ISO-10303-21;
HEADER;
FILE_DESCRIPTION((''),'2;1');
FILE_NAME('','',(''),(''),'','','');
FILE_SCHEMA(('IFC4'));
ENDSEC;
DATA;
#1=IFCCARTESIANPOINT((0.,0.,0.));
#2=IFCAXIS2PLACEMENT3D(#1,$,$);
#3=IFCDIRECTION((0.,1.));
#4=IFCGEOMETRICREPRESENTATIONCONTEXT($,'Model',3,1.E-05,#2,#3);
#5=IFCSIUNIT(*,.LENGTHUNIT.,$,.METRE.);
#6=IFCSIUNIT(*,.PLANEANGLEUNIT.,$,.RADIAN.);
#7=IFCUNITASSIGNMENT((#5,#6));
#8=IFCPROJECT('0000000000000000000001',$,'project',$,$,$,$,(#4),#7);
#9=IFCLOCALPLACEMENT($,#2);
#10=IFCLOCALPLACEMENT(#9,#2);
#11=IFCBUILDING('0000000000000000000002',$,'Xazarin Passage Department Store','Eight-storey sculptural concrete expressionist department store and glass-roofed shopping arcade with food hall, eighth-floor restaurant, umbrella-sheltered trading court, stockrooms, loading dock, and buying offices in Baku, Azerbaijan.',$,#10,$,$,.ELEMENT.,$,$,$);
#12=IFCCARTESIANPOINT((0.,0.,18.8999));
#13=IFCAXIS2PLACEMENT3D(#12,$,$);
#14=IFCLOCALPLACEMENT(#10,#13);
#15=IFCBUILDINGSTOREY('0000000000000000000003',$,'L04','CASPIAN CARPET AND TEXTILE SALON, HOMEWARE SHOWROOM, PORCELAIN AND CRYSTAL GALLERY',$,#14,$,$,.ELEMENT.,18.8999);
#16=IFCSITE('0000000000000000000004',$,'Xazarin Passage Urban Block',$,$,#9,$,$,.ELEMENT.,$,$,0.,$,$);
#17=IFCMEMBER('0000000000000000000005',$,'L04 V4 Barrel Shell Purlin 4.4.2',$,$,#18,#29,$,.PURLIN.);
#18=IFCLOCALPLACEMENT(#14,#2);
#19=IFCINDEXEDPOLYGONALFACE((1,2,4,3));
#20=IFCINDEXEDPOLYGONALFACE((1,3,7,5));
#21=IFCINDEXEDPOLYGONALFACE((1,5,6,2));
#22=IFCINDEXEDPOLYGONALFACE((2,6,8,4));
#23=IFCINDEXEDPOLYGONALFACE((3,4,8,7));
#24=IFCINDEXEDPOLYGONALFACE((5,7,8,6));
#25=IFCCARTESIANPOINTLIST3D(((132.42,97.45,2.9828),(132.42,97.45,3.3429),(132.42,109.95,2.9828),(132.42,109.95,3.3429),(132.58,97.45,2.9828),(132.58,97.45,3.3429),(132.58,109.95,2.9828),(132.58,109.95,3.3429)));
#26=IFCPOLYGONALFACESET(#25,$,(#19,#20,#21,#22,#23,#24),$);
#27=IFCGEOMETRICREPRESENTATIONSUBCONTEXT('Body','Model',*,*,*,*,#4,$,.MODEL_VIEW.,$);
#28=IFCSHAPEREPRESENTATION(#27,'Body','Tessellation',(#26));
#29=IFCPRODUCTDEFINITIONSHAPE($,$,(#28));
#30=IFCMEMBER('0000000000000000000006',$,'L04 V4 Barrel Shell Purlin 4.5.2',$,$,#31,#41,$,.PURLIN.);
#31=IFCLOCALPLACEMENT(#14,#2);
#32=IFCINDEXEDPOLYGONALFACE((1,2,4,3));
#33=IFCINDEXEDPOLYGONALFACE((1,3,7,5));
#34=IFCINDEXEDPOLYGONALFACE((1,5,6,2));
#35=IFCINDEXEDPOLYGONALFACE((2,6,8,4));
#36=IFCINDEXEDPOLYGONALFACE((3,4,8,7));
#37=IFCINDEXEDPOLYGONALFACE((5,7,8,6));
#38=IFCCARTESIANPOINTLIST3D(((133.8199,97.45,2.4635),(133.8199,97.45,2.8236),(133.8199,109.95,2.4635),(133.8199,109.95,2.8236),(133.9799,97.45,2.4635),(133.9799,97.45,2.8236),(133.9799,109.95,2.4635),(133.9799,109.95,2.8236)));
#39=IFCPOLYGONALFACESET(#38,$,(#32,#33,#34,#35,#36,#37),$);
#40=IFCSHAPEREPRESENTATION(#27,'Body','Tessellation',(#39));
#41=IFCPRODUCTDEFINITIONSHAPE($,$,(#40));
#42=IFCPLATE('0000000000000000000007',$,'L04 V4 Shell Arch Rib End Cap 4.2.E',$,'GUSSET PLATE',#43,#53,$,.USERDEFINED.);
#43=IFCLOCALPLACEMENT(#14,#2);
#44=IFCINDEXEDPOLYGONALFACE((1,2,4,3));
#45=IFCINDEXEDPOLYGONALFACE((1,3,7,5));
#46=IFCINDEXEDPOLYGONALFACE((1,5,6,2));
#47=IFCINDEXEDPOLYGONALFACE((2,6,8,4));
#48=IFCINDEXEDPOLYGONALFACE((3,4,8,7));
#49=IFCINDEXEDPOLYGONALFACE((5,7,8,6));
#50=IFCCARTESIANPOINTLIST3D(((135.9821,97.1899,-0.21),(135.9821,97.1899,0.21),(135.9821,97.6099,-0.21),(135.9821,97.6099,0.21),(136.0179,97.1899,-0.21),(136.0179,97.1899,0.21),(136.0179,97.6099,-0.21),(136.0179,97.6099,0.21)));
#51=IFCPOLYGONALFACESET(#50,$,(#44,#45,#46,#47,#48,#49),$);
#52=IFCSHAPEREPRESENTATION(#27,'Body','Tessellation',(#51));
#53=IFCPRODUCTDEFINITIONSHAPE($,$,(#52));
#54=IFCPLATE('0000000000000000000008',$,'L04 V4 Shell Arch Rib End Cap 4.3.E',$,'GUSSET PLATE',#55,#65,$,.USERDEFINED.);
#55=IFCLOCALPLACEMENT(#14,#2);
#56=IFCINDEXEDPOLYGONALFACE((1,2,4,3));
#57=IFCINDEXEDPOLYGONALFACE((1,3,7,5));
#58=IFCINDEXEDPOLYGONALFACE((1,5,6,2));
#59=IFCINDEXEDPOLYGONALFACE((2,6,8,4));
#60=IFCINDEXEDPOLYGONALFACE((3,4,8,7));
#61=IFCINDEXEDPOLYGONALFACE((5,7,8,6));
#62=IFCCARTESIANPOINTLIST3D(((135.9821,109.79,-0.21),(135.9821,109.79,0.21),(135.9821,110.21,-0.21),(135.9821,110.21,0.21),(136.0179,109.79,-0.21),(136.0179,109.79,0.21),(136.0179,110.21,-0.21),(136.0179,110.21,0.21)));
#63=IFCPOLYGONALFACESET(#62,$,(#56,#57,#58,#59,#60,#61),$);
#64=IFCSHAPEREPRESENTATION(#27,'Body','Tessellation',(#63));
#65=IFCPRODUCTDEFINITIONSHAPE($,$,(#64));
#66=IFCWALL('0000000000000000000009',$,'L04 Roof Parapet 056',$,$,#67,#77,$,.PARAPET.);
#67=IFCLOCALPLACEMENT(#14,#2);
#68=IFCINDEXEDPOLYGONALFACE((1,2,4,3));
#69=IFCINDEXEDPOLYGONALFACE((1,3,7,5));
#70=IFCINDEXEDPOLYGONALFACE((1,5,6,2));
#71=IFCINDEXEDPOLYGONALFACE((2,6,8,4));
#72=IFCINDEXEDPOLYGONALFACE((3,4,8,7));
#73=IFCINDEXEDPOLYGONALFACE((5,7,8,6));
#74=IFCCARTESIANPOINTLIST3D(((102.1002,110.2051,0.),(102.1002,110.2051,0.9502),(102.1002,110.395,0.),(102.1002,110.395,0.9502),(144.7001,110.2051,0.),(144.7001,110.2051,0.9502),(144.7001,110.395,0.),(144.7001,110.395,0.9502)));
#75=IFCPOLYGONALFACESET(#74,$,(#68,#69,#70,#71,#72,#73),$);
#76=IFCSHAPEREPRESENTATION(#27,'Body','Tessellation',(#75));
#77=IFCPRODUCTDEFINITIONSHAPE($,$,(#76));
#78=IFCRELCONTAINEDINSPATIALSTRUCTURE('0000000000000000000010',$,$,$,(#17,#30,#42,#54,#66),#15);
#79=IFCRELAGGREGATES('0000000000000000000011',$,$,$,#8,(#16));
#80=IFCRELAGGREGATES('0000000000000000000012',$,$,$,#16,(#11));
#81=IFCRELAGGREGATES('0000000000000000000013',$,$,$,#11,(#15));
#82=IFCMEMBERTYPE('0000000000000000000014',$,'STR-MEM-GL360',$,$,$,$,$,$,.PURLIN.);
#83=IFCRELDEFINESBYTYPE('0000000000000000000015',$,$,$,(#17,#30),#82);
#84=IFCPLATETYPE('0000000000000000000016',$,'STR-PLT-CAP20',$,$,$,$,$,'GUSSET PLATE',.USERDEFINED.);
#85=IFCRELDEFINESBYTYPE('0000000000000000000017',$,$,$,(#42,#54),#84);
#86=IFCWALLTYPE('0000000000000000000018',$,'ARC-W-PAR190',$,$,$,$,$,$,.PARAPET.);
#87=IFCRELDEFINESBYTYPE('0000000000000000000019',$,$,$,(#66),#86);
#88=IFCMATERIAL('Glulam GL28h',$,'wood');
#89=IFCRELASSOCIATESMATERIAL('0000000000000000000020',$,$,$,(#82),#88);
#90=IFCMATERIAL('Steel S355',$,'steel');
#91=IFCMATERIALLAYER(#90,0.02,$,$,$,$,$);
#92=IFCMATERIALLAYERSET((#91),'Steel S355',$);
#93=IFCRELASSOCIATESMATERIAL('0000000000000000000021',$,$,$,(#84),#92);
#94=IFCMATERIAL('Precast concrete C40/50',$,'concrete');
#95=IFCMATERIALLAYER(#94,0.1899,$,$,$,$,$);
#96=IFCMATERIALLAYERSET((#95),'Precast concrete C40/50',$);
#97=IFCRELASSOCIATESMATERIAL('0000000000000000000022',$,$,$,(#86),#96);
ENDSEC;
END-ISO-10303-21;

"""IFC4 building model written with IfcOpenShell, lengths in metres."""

from ifc_helpers import new_model, si_unit, direction, frame, frame_2d, origin, origin_2d, place, context, subcontext, project, spatial, rectangle, extrude, material, layer, layer_set, material_profile, profile_set, type_object, element, save


model = new_model("IFC4")

# Units and contexts
model_context = context("Model", 3, precision=1e-05, world=origin(), true_north=direction((0.0, 1.0)))
body_context = subcontext(model_context, "Body", "Model", "MODEL_VIEW")
ifc_project = project(units=[si_unit("LENGTHUNIT", "METRE"), si_unit("PLANEANGLEUNIT", "RADIAN")], contexts=[model_context])

# Site, building, storey
site_placement = place(None, origin())
site = spatial("IfcSite", under=ifc_project, at=site_placement, Name="Xazarin Passage Urban Block", CompositionType="ELEMENT", RefElevation=0.0)
building_placement = place(site_placement, origin())
building = spatial("IfcBuilding", under=site, at=building_placement, Name="Xazarin Passage Department Store", Description="Eight-storey sculptural concrete expressionist department store and glass-roofed shopping arcade with food hall, eighth-floor restaurant, umbrella-sheltered trading court, stockrooms, loading dock, and buying offices in Baku, Azerbaijan.", CompositionType="ELEMENT")
storey_placement = place(building_placement, frame((0.0, 0.0, 18.8999)))
storey = spatial("IfcBuildingStorey", under=building, at=storey_placement, Name="L04", Description="CASPIAN CARPET AND TEXTILE SALON, HOMEWARE SHOWROOM, PORCELAIN AND CRYSTAL GALLERY", CompositionType="ELEMENT", Elevation=18.8999)

# Shared definitions
ifc_material_1 = material(Name="Steel S355", Category="steel")

# Members
ifc_material_2 = material(Name="Glulam GL28h", Category="wood")
ifc_material_profile_1 = material_profile(ifc_material_2, rectangle(XDim=0.1599, YDim=0.3601, at=origin_2d()), Name="GL28h 160x360")
ifc_profile_set_1 = profile_set([ifc_material_profile_1], Name="Glulam GL28h")
member_type = type_object("IfcMemberType", Name="STR-MEM-GL360", PredefinedType="PURLIN", material=ifc_profile_set_1)
for number, where, z_axis, x_axis, name in (
    (1, (132.5, 97.45, 3.1628), (0.0, 1.0, 0.0), (-1.0, 0.0, 0.0), "L04 V4 Barrel Shell Purlin 4.4.2"),
    (2, (133.8999, 97.45, 2.6436), (0.0, 1.0, 0.0), (-1.0, 0.0, 0.0), "L04 V4 Barrel Shell Purlin 4.5.2"),
):
    element("IfcMember", number, at=place(storey_placement, frame(where, z_axis=z_axis, x_axis=x_axis)), inside=storey, type_object=member_type, Name=name, PredefinedType="PURLIN", context=body_context, shape_type="SweptSolid", body=[
        extrude(rectangle(XDim=0.1599, YDim=0.3601, at=origin_2d()), origin(), (0.0, 0.0, 1.0), 12.5),
    ])

# Plates
ifc_layer_1 = layer(ifc_material_1, 0.02)
ifc_layer_set_1 = layer_set([ifc_layer_1], Name="Steel S355")
plate_type = type_object("IfcPlateType", Name="STR-PLT-CAP20", ElementType="GUSSET PLATE", PredefinedType="USERDEFINED", material=ifc_layer_set_1)
for number, where, z_axis, x_axis, name in (
    (3, (136.0, 97.3999, -0.21), (0.0, 0.0, 1.0), (1.0, 0.0, 0.0), "L04 V4 Shell Arch Rib End Cap 4.2.E"),
    (4, (136.0, 110.0, -0.21), (0.0, 0.0, 1.0), (1.0, 0.0, 0.0), "L04 V4 Shell Arch Rib End Cap 4.3.E"),
):
    element("IfcPlate", number, at=place(storey_placement, frame(where, z_axis=z_axis, x_axis=x_axis)), inside=storey, type_object=plate_type, Name=name, ObjectType="GUSSET PLATE", PredefinedType="USERDEFINED", context=body_context, shape_type="SweptSolid", body=[
        extrude(rectangle(XDim=0.0359, YDim=0.4199, at=origin_2d()), origin(), (0.0, 0.0, 1.0), 0.4199),
    ])

# Wall
ifc_material_3 = material(Name="Precast concrete C40/50", Category="concrete")
ifc_layer_2 = layer(ifc_material_3, 0.1899)
ifc_layer_set_2 = layer_set([ifc_layer_2], Name="Precast concrete C40/50")
wall_type = type_object("IfcWallType", Name="ARC-W-PAR190", PredefinedType="PARAPET", material=ifc_layer_set_2)
wall_placement = place(storey_placement, frame((144.7, 110.3, 0.0), z_axis=(0.0, 0.0, 1.0), x_axis=(-1.0, 0.0, 0.0)))
element("IfcWall", 5, at=wall_placement, inside=storey, type_object=wall_type, Name="L04 Roof Parapet 056", PredefinedType="PARAPET", context=body_context, shape_type="SweptSolid", body=[
    extrude(rectangle(XDim=42.5999, YDim=0.1899, at=frame_2d((21.2998, 0.0))), origin(), (0.0, 0.0, 1.0), 0.9502),
])

save(model, "model.ifc")
